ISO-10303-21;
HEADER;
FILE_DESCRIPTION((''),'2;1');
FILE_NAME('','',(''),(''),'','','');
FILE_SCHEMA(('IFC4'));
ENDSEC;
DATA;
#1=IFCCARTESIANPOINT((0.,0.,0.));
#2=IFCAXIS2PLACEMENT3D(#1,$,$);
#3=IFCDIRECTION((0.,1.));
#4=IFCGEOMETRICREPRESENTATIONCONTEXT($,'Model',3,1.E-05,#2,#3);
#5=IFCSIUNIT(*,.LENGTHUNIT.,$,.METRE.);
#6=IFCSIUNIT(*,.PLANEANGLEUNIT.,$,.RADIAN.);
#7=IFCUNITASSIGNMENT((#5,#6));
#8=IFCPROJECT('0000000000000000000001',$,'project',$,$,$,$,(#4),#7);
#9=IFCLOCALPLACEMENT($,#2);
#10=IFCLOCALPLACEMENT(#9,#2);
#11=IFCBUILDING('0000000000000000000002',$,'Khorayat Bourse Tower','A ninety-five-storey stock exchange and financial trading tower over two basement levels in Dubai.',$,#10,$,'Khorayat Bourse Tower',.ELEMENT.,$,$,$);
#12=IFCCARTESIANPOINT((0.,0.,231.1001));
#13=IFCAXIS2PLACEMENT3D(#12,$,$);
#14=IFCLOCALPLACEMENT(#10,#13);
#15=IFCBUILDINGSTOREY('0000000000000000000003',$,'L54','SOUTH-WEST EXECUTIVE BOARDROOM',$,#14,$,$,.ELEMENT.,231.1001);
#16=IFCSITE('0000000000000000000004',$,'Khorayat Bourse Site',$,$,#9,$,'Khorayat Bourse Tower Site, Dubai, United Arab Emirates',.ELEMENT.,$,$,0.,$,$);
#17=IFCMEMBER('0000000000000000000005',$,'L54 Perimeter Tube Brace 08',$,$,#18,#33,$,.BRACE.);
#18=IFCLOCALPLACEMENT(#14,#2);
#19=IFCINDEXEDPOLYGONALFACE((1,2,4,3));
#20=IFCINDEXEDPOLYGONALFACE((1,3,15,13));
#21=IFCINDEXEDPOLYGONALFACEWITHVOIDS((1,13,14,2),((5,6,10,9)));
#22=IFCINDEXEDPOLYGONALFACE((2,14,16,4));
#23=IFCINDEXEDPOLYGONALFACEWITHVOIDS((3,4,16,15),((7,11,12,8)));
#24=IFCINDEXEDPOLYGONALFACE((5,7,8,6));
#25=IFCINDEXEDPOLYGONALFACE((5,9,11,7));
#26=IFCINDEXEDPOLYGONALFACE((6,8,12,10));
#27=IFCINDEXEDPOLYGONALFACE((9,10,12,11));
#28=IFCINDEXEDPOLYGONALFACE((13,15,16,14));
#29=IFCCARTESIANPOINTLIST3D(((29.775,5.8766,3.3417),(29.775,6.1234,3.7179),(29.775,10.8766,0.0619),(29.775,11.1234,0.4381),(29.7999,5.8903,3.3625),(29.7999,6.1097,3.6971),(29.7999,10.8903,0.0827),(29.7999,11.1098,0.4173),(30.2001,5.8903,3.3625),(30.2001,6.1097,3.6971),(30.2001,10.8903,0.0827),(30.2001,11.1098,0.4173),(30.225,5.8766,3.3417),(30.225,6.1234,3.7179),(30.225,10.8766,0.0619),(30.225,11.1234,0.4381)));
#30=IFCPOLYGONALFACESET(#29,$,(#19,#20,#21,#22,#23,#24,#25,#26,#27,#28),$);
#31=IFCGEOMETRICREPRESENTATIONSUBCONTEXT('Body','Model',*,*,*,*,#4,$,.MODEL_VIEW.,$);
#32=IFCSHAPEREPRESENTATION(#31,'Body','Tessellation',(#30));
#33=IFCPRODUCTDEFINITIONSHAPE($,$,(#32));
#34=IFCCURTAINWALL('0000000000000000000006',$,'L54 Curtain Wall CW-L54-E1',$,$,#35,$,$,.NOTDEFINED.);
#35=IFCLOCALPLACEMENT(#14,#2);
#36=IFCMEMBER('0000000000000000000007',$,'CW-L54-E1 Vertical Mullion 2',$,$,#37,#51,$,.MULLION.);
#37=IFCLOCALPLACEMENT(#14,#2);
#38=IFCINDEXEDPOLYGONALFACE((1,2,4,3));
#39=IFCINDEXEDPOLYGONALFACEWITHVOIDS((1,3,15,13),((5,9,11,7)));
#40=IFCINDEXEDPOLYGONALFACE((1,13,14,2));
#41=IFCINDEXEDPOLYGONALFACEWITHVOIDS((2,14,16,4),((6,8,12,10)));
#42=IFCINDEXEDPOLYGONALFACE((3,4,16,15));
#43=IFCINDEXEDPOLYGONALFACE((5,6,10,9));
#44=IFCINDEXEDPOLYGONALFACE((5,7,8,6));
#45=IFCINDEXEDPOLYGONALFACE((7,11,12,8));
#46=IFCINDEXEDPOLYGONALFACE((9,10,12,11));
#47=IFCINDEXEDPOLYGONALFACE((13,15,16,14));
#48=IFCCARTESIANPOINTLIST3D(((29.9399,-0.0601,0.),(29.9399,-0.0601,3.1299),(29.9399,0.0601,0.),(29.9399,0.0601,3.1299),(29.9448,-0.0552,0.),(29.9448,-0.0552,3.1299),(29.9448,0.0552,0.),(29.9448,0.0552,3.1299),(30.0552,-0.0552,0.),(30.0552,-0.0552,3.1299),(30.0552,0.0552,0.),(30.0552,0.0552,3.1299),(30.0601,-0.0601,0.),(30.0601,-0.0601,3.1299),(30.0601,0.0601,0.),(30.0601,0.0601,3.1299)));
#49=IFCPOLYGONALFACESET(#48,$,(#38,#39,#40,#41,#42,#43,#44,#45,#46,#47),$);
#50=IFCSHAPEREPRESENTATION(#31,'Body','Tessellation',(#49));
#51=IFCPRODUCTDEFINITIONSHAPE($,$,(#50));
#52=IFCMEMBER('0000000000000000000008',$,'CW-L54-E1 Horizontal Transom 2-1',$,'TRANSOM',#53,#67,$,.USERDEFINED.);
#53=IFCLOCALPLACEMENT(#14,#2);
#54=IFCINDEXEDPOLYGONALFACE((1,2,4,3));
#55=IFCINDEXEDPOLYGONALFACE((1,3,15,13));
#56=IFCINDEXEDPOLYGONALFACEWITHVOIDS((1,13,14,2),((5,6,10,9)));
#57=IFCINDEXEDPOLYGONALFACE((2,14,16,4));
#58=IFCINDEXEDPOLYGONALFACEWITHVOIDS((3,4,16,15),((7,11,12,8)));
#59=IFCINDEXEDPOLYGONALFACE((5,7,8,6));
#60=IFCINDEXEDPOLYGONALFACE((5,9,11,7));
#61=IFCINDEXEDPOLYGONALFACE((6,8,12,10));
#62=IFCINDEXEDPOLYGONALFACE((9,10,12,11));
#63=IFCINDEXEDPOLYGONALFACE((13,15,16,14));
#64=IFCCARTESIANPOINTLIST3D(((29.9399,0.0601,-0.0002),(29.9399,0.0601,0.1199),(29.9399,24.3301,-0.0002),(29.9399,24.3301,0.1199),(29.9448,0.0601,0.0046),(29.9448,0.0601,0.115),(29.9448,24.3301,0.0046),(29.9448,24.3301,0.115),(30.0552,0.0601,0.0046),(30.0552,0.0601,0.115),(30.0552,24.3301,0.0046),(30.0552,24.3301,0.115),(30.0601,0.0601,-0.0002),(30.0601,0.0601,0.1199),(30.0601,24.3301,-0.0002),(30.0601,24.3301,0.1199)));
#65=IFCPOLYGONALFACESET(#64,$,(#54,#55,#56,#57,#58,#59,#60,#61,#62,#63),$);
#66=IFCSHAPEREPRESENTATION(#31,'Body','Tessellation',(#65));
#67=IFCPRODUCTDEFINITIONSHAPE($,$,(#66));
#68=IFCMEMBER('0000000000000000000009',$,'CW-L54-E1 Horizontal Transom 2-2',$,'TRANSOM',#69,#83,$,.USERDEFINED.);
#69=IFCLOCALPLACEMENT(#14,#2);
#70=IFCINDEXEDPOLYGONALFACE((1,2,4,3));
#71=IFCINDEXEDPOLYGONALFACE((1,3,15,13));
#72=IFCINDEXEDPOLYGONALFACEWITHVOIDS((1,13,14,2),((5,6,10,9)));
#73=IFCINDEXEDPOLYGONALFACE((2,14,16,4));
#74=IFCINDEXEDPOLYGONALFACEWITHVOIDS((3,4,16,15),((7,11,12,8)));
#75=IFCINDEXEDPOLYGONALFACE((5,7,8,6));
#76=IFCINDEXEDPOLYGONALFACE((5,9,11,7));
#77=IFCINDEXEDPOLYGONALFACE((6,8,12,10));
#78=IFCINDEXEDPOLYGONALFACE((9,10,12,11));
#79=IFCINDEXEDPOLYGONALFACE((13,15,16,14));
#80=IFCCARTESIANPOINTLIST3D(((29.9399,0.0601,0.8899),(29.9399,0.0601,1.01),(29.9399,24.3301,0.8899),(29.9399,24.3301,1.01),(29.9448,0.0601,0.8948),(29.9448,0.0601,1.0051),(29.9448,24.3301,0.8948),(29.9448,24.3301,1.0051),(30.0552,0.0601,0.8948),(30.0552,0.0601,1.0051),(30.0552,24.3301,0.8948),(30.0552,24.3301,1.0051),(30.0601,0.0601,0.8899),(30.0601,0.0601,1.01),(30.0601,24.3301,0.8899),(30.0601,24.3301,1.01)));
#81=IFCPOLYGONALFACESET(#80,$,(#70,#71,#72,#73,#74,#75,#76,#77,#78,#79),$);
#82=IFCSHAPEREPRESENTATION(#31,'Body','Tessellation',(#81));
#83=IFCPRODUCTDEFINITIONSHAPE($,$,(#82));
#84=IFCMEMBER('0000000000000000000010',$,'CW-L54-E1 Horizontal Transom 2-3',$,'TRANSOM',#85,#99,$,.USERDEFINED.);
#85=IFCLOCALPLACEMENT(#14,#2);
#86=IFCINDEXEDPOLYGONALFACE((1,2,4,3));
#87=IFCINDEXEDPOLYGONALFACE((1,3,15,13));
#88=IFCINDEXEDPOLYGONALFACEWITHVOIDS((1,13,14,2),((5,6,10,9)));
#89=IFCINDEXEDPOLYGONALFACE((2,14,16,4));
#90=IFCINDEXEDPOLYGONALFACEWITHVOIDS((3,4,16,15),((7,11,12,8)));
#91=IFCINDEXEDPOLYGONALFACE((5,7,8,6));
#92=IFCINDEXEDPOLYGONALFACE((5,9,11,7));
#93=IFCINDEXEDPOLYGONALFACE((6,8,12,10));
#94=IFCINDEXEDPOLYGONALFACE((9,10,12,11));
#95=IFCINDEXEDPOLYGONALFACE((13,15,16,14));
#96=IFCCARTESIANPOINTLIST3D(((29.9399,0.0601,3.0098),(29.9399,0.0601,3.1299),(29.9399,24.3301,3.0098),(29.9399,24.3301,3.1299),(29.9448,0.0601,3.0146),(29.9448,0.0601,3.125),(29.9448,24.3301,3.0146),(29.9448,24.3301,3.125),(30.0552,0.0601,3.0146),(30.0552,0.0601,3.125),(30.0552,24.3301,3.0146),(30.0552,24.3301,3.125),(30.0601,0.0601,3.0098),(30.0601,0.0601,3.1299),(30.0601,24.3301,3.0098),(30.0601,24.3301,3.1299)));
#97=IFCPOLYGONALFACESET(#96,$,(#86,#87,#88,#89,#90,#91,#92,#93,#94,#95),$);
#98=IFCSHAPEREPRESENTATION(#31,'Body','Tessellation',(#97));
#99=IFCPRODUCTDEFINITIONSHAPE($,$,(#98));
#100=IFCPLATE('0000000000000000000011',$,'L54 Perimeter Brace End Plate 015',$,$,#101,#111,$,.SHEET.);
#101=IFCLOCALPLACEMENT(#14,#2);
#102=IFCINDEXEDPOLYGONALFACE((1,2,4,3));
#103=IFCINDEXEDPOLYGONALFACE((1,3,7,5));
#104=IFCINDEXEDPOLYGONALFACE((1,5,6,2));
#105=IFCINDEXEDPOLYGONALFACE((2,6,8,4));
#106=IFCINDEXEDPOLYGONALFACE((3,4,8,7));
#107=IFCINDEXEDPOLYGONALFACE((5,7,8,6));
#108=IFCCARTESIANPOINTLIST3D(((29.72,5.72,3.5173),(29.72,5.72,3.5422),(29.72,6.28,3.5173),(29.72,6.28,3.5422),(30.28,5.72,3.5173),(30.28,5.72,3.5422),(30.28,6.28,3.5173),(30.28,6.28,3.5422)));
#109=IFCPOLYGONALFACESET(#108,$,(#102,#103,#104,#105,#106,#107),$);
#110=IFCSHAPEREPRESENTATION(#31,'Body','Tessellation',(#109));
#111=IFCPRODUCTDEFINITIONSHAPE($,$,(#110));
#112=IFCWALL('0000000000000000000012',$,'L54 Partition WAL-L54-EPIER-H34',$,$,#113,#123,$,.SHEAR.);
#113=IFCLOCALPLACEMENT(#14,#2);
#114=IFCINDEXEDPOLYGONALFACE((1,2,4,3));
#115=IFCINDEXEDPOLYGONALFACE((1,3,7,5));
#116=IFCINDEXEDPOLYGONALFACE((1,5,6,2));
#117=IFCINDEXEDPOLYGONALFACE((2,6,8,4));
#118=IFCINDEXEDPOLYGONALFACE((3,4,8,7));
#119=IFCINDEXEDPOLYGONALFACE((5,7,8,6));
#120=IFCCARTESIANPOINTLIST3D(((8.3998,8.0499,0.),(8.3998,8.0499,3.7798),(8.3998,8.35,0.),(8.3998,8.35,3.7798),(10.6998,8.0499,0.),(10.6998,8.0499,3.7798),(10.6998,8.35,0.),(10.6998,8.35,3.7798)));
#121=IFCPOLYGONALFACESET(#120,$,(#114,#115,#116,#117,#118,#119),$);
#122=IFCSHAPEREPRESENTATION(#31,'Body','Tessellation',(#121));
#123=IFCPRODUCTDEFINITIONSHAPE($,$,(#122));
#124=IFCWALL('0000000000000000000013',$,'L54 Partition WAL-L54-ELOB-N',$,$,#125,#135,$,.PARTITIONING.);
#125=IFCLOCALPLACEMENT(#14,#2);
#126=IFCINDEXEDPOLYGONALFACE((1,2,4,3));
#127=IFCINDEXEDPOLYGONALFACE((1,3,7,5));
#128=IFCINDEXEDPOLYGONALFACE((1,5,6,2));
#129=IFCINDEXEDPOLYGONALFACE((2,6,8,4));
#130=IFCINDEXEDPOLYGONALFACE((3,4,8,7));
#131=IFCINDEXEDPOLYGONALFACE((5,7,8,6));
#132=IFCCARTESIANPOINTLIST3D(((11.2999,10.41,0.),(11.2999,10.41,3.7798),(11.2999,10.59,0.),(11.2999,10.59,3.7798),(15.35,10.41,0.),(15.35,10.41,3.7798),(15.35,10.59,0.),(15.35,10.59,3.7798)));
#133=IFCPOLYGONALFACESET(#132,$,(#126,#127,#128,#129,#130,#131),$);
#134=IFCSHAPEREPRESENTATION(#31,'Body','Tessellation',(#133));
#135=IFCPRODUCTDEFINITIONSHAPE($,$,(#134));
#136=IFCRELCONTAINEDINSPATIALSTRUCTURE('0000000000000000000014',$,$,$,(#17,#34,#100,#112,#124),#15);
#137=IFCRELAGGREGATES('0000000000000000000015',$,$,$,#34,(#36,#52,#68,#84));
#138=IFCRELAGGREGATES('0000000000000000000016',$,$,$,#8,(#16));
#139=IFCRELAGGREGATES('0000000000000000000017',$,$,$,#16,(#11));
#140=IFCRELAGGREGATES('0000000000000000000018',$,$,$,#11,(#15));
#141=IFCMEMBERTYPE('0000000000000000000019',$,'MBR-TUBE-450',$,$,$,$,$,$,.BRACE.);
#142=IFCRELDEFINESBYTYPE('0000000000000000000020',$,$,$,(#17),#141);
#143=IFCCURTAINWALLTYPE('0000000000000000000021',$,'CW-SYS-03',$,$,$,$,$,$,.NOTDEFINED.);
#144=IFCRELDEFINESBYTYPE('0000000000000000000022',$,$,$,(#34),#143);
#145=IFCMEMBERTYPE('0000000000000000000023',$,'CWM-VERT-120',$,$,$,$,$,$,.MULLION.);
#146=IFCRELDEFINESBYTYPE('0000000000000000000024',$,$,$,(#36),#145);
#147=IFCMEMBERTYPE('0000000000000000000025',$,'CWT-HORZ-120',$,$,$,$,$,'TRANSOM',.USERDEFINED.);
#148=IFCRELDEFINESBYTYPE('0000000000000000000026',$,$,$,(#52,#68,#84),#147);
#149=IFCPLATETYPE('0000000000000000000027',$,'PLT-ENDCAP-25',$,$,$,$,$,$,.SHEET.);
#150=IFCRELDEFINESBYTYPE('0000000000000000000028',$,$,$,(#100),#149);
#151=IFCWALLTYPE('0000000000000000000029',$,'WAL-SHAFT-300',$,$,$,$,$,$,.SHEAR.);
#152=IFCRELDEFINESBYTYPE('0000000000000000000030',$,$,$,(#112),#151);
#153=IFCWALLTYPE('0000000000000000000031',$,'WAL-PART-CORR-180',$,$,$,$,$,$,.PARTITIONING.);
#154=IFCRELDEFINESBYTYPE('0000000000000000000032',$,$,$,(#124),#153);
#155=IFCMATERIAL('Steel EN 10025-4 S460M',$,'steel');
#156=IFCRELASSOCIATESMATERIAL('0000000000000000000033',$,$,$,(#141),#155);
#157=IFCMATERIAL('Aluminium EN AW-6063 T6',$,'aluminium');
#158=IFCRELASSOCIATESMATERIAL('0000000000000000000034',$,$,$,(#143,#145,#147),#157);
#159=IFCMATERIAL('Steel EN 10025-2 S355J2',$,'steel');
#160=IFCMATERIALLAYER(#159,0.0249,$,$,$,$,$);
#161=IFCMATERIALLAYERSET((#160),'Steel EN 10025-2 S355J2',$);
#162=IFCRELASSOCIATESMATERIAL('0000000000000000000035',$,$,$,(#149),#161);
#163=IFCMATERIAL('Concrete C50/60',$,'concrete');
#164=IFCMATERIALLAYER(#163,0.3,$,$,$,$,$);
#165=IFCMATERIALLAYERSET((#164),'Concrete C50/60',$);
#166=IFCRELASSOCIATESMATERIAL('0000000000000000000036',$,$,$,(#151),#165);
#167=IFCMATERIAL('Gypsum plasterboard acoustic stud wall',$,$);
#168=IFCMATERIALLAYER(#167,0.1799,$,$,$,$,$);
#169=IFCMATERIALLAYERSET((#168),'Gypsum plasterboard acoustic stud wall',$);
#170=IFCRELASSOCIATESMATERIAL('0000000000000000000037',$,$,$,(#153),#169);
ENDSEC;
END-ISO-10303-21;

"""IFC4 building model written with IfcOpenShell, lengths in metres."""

from ifc_helpers import new_model, si_unit, direction, frame, frame_2d, origin, origin_2d, place, context, subcontext, project, spatial, rectangle, hollow_rectangle, extrude, source, transform, mapped, material, layer, layer_set, material_profile, profile_set, type_object, element, aggregate, save


model = new_model("IFC4")

# Units and contexts
model_context = context("Model", 3, precision=1e-05, world=origin(), true_north=direction((0.0, 1.0)))
body_context = subcontext(model_context, "Body", "Model", "MODEL_VIEW")
ifc_project = project(units=[si_unit("LENGTHUNIT", "METRE"), si_unit("PLANEANGLEUNIT", "RADIAN")], contexts=[model_context])

# Site, building, storey
site_placement = place(None, origin())
site = spatial("IfcSite", under=ifc_project, at=site_placement, Name="Khorayat Bourse Site", LongName="Khorayat Bourse Tower Site, Dubai, United Arab Emirates", CompositionType="ELEMENT", RefElevation=0.0)
building_placement = place(site_placement, origin())
building = spatial("IfcBuilding", under=site, at=building_placement, Name="Khorayat Bourse Tower", Description="A ninety-five-storey stock exchange and financial trading tower over two basement levels in Dubai.", LongName="Khorayat Bourse Tower", CompositionType="ELEMENT")
storey_placement = place(building_placement, frame((0.0, 0.0, 231.1001)))
storey = spatial("IfcBuildingStorey", under=building, at=storey_placement, Name="L54", Description="SOUTH-WEST EXECUTIVE BOARDROOM", CompositionType="ELEMENT", Elevation=231.1001)

# Shared definitions
ifc_material_1 = material(Name="Steel EN 10025-4 S460M", Category="steel")

# Member
ifc_material_profile_1 = material_profile(ifc_material_1, hollow_rectangle(XDim=0.45, YDim=0.45, WallThickness=0.0249, at=origin_2d()), Name="HSS 450x450x25")
ifc_profile_set_1 = profile_set([ifc_material_profile_1], Name="Steel EN 10025-4 S460M")
member_type_1 = type_object("IfcMemberType", Name="MBR-TUBE-450", PredefinedType="BRACE", material=ifc_profile_set_1)
shared_shape_1 = source(origin(), body_context, "Body", "SweptSolid", [
    extrude(hollow_rectangle(XDim=0.45, YDim=0.45, WallThickness=0.0249, at=origin_2d()), origin(), (0.0, 0.0, 1.0), 5.9797),
])
member_1_placement = place(storey_placement, frame((30.0, 6.0, 3.5298), z_axis=(0.0, 0.83616, -0.548485), x_axis=(-1.0, 0.0, 0.0)))
element("IfcMember", 1, at=member_1_placement, inside=storey, type_object=member_type_1, Name="L54 Perimeter Tube Brace 08", PredefinedType="BRACE", context=body_context, shape_type="MappedRepresentation", body=[
    mapped(shared_shape_1, transform((0.0, 0.0, 0.0), scale=1.0)),
])

# Curtain wall, members
ifc_material_2 = material(Name="Aluminium EN AW-6063 T6", Category="aluminium")
curtain_wall_type = type_object("IfcCurtainWallType", Name="CW-SYS-03", PredefinedType="NOTDEFINED", material=ifc_material_2)
curtain_wall_placement = place(storey_placement, origin())
curtain_wall = element("IfcCurtainWall", 2, at=curtain_wall_placement, inside=storey, type_object=curtain_wall_type, Name="L54 Curtain Wall CW-L54-E1", PredefinedType="NOTDEFINED")
ifc_material_profile_2 = material_profile(ifc_material_2, hollow_rectangle(XDim=0.1201, YDim=0.1201, WallThickness=0.0049, at=origin_2d()), Name="ALU 120x120x5")
ifc_profile_set_2 = profile_set([ifc_material_profile_2], Name="Aluminium EN AW-6063 T6")
member_type_2 = type_object("IfcMemberType", Name="CWM-VERT-120", PredefinedType="MULLION", material=ifc_profile_set_2)
shared_shape_2 = source(origin(), body_context, "Body", "SweptSolid", [
    extrude(hollow_rectangle(XDim=0.1201, YDim=0.1201, WallThickness=0.0049, at=origin_2d()), origin(), (0.0, 0.0, 1.0), 3.1299),
])
member_2_placement = place(storey_placement, frame((30.0, 0.0, 0.0), z_axis=(0.0, 0.0, 1.0), x_axis=(-1.0, 0.0, 0.0)))
member_2 = element("IfcMember", 3, at=member_2_placement, type_object=member_type_2, Name="CW-L54-E1 Vertical Mullion 2", PredefinedType="MULLION", context=body_context, shape_type="MappedRepresentation", body=[
    mapped(shared_shape_2, transform((0.0, 0.0, 0.0), scale=1.0)),
])
ifc_material_profile_3 = material_profile(ifc_material_2, hollow_rectangle(XDim=0.1201, YDim=0.1201, WallThickness=0.0049, at=origin_2d()), Name="ALU 120x120x5")
ifc_profile_set_3 = profile_set([ifc_material_profile_3], Name="Aluminium EN AW-6063 T6")
member_type_3 = type_object("IfcMemberType", Name="CWT-HORZ-120", ElementType="TRANSOM", PredefinedType="USERDEFINED", material=ifc_profile_set_3)
shared_shape_3 = source(origin(), body_context, "Body", "SweptSolid", [
    extrude(hollow_rectangle(XDim=0.1201, YDim=0.1201, WallThickness=0.0049, at=origin_2d()), origin(), (0.0, 0.0, 1.0), 24.27),
])
member_3_placement = place(storey_placement, frame((30.0, 0.0601, 0.0598), z_axis=(0.0, 1.0, 0.0), x_axis=(-1.0, 0.0, 0.0)))
member_3 = element("IfcMember", 4, at=member_3_placement, type_object=member_type_3, Name="CW-L54-E1 Horizontal Transom 2-1", ObjectType="TRANSOM", PredefinedType="USERDEFINED", context=body_context, shape_type="MappedRepresentation", body=[
    mapped(shared_shape_3, transform((0.0, 0.0, 0.0), scale=1.0)),
])
member_4_placement = place(storey_placement, frame((30.0, 0.0601, 0.95), z_axis=(0.0, 1.0, 0.0), x_axis=(-1.0, 0.0, 0.0)))
member_4 = element("IfcMember", 5, at=member_4_placement, type_object=member_type_3, Name="CW-L54-E1 Horizontal Transom 2-2", ObjectType="TRANSOM", PredefinedType="USERDEFINED", context=body_context, shape_type="MappedRepresentation", body=[
    mapped(shared_shape_3, transform((0.0, 0.0, 0.0), scale=1.0)),
])
member_5_placement = place(storey_placement, frame((30.0, 0.0601, 3.0698), z_axis=(0.0, 1.0, 0.0), x_axis=(-1.0, 0.0, 0.0)))
member_5 = element("IfcMember", 6, at=member_5_placement, type_object=member_type_3, Name="CW-L54-E1 Horizontal Transom 2-3", ObjectType="TRANSOM", PredefinedType="USERDEFINED", context=body_context, shape_type="MappedRepresentation", body=[
    mapped(shared_shape_3, transform((0.0, 0.0, 0.0), scale=1.0)),
])
aggregate(curtain_wall, [member_2, member_3, member_4, member_5])

# Plate
ifc_material_3 = material(Name="Steel EN 10025-2 S355J2", Category="steel")
ifc_layer_1 = layer(ifc_material_3, 0.0249)
ifc_layer_set_1 = layer_set([ifc_layer_1], Name="Steel EN 10025-2 S355J2")
plate_type = type_object("IfcPlateType", Name="PLT-ENDCAP-25", PredefinedType="SHEET", material=ifc_layer_set_1)
shared_shape_4 = source(origin(), body_context, "Body", "SweptSolid", [
    extrude(rectangle(XDim=0.5601, YDim=0.5601, at=origin_2d()), origin(), (0.0, 0.0, 1.0), 0.0249),
])
plate_placement = place(storey_placement, frame((30.0, 6.0, 3.5173), z_axis=(0.0, 0.0, 1.0), x_axis=(1.0, 0.0, 0.0)))
element("IfcPlate", 7, at=plate_placement, inside=storey, type_object=plate_type, Name="L54 Perimeter Brace End Plate 015", PredefinedType="SHEET", context=body_context, shape_type="MappedRepresentation", body=[
    mapped(shared_shape_4, transform((0.0, 0.0, 0.0), scale=1.0)),
])

# Walls
ifc_material_4 = material(Name="Concrete C50/60", Category="concrete")
ifc_layer_2 = layer(ifc_material_4, 0.3)
ifc_layer_set_2 = layer_set([ifc_layer_2], Name="Concrete C50/60")
wall_type_1 = type_object("IfcWallType", Name="WAL-SHAFT-300", PredefinedType="SHEAR", material=ifc_layer_set_2)
shared_shape_5 = source(origin(), body_context, "Body", "SweptSolid", [
    extrude(rectangle(XDim=2.3, YDim=0.3, at=frame_2d((1.1499, 0.0))), origin(), (0.0, 0.0, 1.0), 3.7798),
])
wall_1_placement = place(storey_placement, frame((8.3999, 8.2, 0.0), z_axis=(0.0, 0.0, 1.0), x_axis=(1.0, 0.0, 0.0)))
element("IfcWall", 8, at=wall_1_placement, inside=storey, type_object=wall_type_1, Name="L54 Partition WAL-L54-EPIER-H34", PredefinedType="SHEAR", context=body_context, shape_type="MappedRepresentation", body=[
    mapped(shared_shape_5, transform((0.0, 0.0, 0.0), scale=1.0)),
])
ifc_material_5 = material(Name="Gypsum plasterboard acoustic stud wall")
ifc_layer_3 = layer(ifc_material_5, 0.1799)
ifc_layer_set_3 = layer_set([ifc_layer_3], Name="Gypsum plasterboard acoustic stud wall")
wall_type_2 = type_object("IfcWallType", Name="WAL-PART-CORR-180", PredefinedType="PARTITIONING", material=ifc_layer_set_3)
shared_shape_6 = source(origin(), body_context, "Body", "SweptSolid", [
    extrude(rectangle(XDim=4.05, YDim=0.1799, at=frame_2d((2.0249, 0.0))), origin(), (0.0, 0.0, 1.0), 3.7798),
])
wall_2_placement = place(storey_placement, frame((11.3, 10.5, 0.0), z_axis=(0.0, 0.0, 1.0), x_axis=(1.0, 0.0, 0.0)))
element("IfcWall", 9, at=wall_2_placement, inside=storey, type_object=wall_type_2, Name="L54 Partition WAL-L54-ELOB-N", PredefinedType="PARTITIONING", context=body_context, shape_type="MappedRepresentation", body=[
    mapped(shared_shape_6, transform((0.0, 0.0, 0.0), scale=1.0)),
])

save(model, "model.ifc")
